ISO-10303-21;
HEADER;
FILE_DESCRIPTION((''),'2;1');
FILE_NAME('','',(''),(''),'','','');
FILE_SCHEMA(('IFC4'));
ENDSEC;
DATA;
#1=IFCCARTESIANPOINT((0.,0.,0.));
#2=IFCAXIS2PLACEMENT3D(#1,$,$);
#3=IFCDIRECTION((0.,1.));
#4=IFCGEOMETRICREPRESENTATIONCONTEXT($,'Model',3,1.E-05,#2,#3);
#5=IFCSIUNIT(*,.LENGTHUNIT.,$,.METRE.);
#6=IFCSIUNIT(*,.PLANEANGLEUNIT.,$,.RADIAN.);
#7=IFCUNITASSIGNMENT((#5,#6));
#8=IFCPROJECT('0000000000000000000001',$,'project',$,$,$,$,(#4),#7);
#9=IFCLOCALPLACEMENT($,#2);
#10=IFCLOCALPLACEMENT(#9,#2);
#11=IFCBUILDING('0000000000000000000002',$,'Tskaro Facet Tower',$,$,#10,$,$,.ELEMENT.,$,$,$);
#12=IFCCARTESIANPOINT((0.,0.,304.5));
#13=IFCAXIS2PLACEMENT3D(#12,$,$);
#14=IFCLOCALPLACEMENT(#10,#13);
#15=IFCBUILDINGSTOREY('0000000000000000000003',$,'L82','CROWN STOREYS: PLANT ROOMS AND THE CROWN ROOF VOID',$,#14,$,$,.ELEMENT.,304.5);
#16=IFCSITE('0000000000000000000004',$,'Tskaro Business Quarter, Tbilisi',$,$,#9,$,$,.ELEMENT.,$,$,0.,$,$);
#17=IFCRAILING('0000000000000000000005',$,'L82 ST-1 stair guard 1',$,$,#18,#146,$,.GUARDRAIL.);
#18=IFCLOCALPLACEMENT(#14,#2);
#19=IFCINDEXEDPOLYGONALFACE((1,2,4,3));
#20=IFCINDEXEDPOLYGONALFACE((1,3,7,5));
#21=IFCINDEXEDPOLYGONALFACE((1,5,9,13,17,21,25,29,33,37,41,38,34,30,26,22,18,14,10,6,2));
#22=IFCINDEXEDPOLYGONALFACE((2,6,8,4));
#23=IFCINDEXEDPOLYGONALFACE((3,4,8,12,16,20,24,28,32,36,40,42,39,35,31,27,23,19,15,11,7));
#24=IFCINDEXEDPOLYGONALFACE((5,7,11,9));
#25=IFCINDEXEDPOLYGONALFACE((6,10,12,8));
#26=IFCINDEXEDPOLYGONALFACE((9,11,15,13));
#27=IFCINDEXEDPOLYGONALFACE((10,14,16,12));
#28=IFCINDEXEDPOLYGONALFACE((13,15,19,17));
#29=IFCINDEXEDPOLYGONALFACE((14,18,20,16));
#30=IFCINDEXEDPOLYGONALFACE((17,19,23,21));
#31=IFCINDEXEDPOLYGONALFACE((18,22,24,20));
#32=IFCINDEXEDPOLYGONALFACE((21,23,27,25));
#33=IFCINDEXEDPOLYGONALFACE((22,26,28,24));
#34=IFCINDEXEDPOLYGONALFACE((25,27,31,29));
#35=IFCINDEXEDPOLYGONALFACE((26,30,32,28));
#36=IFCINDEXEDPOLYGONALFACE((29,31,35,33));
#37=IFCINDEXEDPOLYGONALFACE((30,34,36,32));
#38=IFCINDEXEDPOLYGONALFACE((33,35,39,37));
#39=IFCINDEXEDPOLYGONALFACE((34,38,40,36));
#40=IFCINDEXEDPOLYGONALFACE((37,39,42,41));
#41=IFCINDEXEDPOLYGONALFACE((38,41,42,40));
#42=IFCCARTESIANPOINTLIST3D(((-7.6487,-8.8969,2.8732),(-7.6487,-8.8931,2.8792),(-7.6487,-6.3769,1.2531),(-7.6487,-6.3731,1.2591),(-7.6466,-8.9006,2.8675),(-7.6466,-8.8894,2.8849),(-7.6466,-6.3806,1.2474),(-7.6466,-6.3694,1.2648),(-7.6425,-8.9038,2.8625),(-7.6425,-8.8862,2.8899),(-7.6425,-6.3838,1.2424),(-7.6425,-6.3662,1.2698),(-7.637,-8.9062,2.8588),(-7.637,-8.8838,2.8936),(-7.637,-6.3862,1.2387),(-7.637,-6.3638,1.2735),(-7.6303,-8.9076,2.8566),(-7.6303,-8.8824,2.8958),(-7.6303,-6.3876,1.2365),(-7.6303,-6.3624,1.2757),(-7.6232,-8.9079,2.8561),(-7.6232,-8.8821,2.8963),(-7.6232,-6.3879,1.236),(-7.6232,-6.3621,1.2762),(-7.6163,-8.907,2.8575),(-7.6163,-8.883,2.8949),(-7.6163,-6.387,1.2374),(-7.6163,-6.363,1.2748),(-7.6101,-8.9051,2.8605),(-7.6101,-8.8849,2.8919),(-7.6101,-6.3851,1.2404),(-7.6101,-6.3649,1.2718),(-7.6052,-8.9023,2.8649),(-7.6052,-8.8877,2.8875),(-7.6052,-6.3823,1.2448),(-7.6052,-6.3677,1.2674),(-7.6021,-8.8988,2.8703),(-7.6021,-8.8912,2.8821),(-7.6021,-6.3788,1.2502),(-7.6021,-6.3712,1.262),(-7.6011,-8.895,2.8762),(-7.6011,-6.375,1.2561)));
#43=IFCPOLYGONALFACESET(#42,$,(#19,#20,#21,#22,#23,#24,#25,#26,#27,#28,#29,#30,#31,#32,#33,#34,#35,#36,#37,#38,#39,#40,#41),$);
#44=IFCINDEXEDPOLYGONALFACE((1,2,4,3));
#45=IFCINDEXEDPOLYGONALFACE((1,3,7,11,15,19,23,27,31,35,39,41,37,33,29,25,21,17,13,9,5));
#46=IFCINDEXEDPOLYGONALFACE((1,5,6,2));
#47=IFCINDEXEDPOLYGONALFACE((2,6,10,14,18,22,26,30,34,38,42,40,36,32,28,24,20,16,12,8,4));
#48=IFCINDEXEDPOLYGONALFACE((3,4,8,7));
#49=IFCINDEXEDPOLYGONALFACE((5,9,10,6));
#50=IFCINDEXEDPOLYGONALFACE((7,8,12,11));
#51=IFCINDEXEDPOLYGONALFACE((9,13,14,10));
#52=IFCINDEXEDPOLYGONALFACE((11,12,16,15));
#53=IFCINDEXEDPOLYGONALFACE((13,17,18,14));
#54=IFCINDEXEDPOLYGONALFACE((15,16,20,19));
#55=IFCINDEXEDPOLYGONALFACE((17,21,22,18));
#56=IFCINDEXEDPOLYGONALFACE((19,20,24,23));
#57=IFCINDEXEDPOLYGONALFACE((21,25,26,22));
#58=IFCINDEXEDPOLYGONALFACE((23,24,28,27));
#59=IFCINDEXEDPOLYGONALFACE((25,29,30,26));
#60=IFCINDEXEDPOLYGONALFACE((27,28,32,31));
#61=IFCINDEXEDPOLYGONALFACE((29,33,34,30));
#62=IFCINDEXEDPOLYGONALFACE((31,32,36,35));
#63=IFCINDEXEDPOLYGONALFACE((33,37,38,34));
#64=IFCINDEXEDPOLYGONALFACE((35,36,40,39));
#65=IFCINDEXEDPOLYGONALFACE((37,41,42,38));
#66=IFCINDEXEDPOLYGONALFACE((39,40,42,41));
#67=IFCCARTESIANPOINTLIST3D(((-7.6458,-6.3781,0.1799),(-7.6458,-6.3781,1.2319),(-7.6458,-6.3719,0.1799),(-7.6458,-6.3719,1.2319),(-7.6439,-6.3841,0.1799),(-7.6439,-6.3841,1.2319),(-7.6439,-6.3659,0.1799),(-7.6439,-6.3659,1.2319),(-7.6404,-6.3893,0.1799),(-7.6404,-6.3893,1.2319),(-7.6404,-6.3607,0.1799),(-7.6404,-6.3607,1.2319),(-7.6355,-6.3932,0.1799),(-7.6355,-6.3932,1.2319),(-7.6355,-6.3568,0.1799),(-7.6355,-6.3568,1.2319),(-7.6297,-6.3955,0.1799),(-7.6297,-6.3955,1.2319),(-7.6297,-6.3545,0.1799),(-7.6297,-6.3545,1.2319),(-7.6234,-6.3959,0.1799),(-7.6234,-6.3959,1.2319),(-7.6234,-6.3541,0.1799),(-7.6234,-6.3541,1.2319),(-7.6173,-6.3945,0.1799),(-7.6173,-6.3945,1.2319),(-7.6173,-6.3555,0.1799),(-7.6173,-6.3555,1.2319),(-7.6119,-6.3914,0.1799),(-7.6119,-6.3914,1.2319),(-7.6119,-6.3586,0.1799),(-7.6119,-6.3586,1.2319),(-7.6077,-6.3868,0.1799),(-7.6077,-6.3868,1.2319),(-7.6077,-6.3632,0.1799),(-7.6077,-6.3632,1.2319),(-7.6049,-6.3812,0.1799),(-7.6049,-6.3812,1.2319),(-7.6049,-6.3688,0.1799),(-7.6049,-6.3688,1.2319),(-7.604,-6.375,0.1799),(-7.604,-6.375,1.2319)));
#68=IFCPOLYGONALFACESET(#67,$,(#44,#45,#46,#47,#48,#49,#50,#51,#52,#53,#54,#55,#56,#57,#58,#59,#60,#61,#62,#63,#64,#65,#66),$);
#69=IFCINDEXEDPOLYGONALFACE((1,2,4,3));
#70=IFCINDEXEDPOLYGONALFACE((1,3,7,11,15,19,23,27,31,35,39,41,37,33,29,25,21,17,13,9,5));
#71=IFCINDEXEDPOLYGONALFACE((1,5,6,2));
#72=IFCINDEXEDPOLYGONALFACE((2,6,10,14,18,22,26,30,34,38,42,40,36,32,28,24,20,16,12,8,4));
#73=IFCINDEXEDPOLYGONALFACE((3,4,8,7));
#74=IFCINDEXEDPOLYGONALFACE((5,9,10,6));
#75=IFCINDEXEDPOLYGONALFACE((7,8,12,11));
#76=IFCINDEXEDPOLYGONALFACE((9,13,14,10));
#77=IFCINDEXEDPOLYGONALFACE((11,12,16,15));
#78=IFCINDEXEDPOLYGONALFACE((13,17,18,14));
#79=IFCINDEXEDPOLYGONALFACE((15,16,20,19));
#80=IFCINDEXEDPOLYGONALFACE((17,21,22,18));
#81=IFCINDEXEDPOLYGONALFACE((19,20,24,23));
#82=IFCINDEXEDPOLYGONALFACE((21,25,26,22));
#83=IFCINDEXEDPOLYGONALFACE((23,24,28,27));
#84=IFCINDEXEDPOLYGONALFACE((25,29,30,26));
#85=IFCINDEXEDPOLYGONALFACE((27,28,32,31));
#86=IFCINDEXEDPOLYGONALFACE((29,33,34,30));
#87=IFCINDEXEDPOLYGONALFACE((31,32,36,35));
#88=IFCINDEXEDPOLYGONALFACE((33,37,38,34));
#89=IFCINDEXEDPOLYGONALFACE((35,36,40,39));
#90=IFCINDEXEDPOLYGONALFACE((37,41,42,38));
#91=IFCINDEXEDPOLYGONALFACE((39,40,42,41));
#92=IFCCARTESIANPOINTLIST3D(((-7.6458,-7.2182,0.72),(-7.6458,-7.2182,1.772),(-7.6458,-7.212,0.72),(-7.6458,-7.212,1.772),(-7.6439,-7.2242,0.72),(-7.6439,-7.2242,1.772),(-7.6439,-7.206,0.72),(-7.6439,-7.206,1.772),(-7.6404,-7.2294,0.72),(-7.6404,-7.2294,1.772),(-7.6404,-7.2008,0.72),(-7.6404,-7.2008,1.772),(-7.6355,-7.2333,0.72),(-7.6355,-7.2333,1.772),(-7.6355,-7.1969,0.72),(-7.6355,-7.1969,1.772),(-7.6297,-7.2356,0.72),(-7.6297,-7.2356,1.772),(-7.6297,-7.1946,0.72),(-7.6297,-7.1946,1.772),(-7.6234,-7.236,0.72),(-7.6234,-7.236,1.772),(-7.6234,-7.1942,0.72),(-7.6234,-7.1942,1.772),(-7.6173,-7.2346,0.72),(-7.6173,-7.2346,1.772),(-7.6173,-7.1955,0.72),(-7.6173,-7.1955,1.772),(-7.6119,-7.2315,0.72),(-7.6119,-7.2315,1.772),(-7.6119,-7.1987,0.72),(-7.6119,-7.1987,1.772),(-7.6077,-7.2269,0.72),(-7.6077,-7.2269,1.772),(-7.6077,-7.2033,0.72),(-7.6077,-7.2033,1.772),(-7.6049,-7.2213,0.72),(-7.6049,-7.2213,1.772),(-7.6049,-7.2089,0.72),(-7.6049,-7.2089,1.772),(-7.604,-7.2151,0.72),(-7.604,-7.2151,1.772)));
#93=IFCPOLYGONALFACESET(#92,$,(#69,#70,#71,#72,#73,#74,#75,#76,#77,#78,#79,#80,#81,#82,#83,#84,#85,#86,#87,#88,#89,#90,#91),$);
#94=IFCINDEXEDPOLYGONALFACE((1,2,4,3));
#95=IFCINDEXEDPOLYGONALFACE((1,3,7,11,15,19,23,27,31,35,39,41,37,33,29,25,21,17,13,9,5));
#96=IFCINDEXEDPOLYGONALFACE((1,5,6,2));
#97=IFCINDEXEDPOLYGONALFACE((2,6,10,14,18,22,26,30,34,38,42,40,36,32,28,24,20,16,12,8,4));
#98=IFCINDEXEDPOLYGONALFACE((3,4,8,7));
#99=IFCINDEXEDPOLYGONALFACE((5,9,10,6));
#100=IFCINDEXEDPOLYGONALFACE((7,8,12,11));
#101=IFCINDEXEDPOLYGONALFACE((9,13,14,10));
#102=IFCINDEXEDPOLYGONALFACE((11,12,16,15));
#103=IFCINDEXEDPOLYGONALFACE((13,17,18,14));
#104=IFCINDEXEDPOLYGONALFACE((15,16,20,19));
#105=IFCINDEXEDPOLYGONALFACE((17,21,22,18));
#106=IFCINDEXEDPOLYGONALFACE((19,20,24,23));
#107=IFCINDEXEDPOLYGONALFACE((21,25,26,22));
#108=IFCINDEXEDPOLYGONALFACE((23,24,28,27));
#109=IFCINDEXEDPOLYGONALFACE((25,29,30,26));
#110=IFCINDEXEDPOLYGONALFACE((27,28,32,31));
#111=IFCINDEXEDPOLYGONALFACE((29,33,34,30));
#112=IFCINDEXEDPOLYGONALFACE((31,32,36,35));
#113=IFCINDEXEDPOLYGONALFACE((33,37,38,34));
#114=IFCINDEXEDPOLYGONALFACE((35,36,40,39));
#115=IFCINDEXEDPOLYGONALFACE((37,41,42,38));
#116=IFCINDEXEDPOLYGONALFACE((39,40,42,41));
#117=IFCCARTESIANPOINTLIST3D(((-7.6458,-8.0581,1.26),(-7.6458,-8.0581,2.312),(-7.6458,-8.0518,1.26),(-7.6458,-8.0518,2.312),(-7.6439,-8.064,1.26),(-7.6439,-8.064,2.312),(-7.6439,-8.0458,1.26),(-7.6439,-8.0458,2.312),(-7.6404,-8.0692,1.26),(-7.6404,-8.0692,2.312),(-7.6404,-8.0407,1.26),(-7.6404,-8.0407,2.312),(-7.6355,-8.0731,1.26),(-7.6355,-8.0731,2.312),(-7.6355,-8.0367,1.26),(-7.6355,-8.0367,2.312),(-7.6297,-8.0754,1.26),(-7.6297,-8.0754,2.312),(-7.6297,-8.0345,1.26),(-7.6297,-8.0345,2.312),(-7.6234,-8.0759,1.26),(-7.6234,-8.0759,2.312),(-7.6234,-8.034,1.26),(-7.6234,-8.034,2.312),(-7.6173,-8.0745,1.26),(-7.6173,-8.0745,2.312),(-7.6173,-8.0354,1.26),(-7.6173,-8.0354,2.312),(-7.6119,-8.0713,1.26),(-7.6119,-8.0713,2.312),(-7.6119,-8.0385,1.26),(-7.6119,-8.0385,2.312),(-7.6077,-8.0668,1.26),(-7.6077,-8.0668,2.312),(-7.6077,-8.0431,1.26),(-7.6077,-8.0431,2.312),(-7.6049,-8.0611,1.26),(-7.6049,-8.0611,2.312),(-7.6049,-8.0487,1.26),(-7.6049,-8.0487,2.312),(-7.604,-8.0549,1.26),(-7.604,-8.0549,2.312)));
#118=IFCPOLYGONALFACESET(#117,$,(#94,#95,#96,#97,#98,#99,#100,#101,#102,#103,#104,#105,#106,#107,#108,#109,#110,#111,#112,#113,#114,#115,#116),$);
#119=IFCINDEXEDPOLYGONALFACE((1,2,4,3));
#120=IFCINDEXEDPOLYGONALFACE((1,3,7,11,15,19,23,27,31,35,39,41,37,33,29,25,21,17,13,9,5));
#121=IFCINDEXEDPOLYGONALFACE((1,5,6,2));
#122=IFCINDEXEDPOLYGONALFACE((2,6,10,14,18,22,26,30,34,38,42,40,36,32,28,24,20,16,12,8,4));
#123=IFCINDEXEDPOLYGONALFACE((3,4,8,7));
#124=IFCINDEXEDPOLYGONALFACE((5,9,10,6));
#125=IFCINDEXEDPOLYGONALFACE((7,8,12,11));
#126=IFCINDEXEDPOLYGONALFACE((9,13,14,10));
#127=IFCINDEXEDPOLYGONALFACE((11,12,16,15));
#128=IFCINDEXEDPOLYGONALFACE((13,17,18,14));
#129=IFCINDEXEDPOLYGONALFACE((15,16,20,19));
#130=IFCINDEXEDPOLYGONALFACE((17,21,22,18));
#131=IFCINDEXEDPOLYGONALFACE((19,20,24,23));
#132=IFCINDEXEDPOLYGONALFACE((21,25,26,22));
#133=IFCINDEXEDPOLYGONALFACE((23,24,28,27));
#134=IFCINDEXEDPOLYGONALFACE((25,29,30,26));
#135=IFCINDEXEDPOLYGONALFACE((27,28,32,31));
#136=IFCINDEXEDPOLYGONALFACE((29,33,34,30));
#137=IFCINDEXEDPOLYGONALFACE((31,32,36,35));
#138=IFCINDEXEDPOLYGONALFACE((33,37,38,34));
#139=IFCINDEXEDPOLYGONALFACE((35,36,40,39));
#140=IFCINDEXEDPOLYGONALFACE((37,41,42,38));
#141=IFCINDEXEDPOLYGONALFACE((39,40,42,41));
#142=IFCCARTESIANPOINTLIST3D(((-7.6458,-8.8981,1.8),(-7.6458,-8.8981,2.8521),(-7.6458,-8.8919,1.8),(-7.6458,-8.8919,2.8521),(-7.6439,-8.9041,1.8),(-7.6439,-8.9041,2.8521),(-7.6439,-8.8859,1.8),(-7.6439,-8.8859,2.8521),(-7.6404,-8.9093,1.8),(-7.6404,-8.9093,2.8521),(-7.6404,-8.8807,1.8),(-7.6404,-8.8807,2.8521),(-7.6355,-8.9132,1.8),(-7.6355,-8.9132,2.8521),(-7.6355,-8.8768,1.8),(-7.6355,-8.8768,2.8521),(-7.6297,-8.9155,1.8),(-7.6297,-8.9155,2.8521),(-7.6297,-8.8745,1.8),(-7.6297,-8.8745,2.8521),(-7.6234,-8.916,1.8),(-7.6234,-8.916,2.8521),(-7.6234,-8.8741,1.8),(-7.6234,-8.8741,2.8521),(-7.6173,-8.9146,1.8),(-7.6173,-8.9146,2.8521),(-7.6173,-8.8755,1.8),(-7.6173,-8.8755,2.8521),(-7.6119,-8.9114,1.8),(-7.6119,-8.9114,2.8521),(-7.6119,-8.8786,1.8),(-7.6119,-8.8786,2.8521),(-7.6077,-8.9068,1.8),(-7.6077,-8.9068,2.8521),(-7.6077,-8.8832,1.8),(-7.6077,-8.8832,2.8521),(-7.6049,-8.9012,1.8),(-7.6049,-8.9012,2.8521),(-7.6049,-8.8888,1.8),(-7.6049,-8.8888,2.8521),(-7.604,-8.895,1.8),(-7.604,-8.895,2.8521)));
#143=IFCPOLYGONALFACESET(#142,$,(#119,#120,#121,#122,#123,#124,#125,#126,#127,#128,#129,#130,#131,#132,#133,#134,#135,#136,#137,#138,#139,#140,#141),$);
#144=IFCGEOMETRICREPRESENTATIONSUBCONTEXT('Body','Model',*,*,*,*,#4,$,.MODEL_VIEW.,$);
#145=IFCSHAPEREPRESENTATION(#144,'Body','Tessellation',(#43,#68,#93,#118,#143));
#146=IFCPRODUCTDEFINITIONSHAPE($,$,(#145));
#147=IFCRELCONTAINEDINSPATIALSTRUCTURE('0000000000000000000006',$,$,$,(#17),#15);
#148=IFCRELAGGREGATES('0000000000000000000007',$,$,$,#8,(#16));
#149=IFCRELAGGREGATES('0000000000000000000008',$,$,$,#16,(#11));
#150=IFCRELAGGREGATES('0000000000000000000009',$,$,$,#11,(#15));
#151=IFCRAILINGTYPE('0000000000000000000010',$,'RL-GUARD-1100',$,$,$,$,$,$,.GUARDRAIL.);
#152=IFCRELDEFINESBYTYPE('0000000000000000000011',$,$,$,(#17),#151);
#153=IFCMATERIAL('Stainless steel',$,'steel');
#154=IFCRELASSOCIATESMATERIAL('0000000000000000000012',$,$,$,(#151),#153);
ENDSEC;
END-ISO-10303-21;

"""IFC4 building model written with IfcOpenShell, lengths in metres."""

from ifc_helpers import new_model, si_unit, direction, frame, origin, origin_2d, place, context, subcontext, project, spatial, circle, extrude, material, type_object, element, save


model = new_model("IFC4")

# Units and contexts
model_context = context("Model", 3, precision=1e-05, world=origin(), true_north=direction((0.0, 1.0)))
body_context = subcontext(model_context, "Body", "Model", "MODEL_VIEW")
ifc_project = project(units=[si_unit("LENGTHUNIT", "METRE"), si_unit("PLANEANGLEUNIT", "RADIAN")], contexts=[model_context])

# Site, building, storey
site_placement = place(None, origin())
site = spatial("IfcSite", under=ifc_project, at=site_placement, Name="Tskaro Business Quarter, Tbilisi", CompositionType="ELEMENT", RefElevation=0.0)
building_placement = place(site_placement, origin())
building = spatial("IfcBuilding", under=site, at=building_placement, Name="Tskaro Facet Tower", CompositionType="ELEMENT")
storey_placement = place(building_placement, frame((0.0, 0.0, 304.5)))
storey = spatial("IfcBuildingStorey", under=building, at=storey_placement, Name="L82", Description="CROWN STOREYS: PLANT ROOMS AND THE CROWN ROOF VOID", CompositionType="ELEMENT", Elevation=304.5)

# Railing
ifc_material_1 = material(Name="Stainless steel", Category="steel")
railing_type_1 = type_object("IfcRailingType", Name="RL-GUARD-1100", PredefinedType="GUARDRAIL", material=ifc_material_1)
railing_1_placement = place(storey_placement, frame((-7.625, -6.375, 0.1799)))
element("IfcRailing", 1, at=railing_1_placement, inside=storey, type_object=railing_type_1, Name="L82 ST-1 stair guard 1", PredefinedType="GUARDRAIL", context=body_context, shape_type="SweptSolid", body=[
    extrude(circle(Radius=0.0239, at=origin_2d()), frame((0.0, 0.0, 1.0762), z_axis=(0.0, -0.841163, 0.540782), x_axis=(1.0, 0.0, 0.0)), (0.0, 0.0, 1.0), 2.9958),
    extrude(circle(Radius=0.021, at=origin_2d()), origin(), (0.0, 0.0, 1.0), 1.052),
    extrude(circle(Radius=0.021, at=origin_2d()), frame((0.0, -0.8401, 0.54)), (0.0, 0.0, 1.0), 1.052),
    extrude(circle(Radius=0.021, at=origin_2d()), frame((0.0, -1.6799, 1.0801)), (0.0, 0.0, 1.0), 1.052),
    extrude(circle(Radius=0.021, at=origin_2d()), frame((0.0, -2.52, 1.6201)), (0.0, 0.0, 1.0), 1.052),
])

save(model, "model.ifc")
